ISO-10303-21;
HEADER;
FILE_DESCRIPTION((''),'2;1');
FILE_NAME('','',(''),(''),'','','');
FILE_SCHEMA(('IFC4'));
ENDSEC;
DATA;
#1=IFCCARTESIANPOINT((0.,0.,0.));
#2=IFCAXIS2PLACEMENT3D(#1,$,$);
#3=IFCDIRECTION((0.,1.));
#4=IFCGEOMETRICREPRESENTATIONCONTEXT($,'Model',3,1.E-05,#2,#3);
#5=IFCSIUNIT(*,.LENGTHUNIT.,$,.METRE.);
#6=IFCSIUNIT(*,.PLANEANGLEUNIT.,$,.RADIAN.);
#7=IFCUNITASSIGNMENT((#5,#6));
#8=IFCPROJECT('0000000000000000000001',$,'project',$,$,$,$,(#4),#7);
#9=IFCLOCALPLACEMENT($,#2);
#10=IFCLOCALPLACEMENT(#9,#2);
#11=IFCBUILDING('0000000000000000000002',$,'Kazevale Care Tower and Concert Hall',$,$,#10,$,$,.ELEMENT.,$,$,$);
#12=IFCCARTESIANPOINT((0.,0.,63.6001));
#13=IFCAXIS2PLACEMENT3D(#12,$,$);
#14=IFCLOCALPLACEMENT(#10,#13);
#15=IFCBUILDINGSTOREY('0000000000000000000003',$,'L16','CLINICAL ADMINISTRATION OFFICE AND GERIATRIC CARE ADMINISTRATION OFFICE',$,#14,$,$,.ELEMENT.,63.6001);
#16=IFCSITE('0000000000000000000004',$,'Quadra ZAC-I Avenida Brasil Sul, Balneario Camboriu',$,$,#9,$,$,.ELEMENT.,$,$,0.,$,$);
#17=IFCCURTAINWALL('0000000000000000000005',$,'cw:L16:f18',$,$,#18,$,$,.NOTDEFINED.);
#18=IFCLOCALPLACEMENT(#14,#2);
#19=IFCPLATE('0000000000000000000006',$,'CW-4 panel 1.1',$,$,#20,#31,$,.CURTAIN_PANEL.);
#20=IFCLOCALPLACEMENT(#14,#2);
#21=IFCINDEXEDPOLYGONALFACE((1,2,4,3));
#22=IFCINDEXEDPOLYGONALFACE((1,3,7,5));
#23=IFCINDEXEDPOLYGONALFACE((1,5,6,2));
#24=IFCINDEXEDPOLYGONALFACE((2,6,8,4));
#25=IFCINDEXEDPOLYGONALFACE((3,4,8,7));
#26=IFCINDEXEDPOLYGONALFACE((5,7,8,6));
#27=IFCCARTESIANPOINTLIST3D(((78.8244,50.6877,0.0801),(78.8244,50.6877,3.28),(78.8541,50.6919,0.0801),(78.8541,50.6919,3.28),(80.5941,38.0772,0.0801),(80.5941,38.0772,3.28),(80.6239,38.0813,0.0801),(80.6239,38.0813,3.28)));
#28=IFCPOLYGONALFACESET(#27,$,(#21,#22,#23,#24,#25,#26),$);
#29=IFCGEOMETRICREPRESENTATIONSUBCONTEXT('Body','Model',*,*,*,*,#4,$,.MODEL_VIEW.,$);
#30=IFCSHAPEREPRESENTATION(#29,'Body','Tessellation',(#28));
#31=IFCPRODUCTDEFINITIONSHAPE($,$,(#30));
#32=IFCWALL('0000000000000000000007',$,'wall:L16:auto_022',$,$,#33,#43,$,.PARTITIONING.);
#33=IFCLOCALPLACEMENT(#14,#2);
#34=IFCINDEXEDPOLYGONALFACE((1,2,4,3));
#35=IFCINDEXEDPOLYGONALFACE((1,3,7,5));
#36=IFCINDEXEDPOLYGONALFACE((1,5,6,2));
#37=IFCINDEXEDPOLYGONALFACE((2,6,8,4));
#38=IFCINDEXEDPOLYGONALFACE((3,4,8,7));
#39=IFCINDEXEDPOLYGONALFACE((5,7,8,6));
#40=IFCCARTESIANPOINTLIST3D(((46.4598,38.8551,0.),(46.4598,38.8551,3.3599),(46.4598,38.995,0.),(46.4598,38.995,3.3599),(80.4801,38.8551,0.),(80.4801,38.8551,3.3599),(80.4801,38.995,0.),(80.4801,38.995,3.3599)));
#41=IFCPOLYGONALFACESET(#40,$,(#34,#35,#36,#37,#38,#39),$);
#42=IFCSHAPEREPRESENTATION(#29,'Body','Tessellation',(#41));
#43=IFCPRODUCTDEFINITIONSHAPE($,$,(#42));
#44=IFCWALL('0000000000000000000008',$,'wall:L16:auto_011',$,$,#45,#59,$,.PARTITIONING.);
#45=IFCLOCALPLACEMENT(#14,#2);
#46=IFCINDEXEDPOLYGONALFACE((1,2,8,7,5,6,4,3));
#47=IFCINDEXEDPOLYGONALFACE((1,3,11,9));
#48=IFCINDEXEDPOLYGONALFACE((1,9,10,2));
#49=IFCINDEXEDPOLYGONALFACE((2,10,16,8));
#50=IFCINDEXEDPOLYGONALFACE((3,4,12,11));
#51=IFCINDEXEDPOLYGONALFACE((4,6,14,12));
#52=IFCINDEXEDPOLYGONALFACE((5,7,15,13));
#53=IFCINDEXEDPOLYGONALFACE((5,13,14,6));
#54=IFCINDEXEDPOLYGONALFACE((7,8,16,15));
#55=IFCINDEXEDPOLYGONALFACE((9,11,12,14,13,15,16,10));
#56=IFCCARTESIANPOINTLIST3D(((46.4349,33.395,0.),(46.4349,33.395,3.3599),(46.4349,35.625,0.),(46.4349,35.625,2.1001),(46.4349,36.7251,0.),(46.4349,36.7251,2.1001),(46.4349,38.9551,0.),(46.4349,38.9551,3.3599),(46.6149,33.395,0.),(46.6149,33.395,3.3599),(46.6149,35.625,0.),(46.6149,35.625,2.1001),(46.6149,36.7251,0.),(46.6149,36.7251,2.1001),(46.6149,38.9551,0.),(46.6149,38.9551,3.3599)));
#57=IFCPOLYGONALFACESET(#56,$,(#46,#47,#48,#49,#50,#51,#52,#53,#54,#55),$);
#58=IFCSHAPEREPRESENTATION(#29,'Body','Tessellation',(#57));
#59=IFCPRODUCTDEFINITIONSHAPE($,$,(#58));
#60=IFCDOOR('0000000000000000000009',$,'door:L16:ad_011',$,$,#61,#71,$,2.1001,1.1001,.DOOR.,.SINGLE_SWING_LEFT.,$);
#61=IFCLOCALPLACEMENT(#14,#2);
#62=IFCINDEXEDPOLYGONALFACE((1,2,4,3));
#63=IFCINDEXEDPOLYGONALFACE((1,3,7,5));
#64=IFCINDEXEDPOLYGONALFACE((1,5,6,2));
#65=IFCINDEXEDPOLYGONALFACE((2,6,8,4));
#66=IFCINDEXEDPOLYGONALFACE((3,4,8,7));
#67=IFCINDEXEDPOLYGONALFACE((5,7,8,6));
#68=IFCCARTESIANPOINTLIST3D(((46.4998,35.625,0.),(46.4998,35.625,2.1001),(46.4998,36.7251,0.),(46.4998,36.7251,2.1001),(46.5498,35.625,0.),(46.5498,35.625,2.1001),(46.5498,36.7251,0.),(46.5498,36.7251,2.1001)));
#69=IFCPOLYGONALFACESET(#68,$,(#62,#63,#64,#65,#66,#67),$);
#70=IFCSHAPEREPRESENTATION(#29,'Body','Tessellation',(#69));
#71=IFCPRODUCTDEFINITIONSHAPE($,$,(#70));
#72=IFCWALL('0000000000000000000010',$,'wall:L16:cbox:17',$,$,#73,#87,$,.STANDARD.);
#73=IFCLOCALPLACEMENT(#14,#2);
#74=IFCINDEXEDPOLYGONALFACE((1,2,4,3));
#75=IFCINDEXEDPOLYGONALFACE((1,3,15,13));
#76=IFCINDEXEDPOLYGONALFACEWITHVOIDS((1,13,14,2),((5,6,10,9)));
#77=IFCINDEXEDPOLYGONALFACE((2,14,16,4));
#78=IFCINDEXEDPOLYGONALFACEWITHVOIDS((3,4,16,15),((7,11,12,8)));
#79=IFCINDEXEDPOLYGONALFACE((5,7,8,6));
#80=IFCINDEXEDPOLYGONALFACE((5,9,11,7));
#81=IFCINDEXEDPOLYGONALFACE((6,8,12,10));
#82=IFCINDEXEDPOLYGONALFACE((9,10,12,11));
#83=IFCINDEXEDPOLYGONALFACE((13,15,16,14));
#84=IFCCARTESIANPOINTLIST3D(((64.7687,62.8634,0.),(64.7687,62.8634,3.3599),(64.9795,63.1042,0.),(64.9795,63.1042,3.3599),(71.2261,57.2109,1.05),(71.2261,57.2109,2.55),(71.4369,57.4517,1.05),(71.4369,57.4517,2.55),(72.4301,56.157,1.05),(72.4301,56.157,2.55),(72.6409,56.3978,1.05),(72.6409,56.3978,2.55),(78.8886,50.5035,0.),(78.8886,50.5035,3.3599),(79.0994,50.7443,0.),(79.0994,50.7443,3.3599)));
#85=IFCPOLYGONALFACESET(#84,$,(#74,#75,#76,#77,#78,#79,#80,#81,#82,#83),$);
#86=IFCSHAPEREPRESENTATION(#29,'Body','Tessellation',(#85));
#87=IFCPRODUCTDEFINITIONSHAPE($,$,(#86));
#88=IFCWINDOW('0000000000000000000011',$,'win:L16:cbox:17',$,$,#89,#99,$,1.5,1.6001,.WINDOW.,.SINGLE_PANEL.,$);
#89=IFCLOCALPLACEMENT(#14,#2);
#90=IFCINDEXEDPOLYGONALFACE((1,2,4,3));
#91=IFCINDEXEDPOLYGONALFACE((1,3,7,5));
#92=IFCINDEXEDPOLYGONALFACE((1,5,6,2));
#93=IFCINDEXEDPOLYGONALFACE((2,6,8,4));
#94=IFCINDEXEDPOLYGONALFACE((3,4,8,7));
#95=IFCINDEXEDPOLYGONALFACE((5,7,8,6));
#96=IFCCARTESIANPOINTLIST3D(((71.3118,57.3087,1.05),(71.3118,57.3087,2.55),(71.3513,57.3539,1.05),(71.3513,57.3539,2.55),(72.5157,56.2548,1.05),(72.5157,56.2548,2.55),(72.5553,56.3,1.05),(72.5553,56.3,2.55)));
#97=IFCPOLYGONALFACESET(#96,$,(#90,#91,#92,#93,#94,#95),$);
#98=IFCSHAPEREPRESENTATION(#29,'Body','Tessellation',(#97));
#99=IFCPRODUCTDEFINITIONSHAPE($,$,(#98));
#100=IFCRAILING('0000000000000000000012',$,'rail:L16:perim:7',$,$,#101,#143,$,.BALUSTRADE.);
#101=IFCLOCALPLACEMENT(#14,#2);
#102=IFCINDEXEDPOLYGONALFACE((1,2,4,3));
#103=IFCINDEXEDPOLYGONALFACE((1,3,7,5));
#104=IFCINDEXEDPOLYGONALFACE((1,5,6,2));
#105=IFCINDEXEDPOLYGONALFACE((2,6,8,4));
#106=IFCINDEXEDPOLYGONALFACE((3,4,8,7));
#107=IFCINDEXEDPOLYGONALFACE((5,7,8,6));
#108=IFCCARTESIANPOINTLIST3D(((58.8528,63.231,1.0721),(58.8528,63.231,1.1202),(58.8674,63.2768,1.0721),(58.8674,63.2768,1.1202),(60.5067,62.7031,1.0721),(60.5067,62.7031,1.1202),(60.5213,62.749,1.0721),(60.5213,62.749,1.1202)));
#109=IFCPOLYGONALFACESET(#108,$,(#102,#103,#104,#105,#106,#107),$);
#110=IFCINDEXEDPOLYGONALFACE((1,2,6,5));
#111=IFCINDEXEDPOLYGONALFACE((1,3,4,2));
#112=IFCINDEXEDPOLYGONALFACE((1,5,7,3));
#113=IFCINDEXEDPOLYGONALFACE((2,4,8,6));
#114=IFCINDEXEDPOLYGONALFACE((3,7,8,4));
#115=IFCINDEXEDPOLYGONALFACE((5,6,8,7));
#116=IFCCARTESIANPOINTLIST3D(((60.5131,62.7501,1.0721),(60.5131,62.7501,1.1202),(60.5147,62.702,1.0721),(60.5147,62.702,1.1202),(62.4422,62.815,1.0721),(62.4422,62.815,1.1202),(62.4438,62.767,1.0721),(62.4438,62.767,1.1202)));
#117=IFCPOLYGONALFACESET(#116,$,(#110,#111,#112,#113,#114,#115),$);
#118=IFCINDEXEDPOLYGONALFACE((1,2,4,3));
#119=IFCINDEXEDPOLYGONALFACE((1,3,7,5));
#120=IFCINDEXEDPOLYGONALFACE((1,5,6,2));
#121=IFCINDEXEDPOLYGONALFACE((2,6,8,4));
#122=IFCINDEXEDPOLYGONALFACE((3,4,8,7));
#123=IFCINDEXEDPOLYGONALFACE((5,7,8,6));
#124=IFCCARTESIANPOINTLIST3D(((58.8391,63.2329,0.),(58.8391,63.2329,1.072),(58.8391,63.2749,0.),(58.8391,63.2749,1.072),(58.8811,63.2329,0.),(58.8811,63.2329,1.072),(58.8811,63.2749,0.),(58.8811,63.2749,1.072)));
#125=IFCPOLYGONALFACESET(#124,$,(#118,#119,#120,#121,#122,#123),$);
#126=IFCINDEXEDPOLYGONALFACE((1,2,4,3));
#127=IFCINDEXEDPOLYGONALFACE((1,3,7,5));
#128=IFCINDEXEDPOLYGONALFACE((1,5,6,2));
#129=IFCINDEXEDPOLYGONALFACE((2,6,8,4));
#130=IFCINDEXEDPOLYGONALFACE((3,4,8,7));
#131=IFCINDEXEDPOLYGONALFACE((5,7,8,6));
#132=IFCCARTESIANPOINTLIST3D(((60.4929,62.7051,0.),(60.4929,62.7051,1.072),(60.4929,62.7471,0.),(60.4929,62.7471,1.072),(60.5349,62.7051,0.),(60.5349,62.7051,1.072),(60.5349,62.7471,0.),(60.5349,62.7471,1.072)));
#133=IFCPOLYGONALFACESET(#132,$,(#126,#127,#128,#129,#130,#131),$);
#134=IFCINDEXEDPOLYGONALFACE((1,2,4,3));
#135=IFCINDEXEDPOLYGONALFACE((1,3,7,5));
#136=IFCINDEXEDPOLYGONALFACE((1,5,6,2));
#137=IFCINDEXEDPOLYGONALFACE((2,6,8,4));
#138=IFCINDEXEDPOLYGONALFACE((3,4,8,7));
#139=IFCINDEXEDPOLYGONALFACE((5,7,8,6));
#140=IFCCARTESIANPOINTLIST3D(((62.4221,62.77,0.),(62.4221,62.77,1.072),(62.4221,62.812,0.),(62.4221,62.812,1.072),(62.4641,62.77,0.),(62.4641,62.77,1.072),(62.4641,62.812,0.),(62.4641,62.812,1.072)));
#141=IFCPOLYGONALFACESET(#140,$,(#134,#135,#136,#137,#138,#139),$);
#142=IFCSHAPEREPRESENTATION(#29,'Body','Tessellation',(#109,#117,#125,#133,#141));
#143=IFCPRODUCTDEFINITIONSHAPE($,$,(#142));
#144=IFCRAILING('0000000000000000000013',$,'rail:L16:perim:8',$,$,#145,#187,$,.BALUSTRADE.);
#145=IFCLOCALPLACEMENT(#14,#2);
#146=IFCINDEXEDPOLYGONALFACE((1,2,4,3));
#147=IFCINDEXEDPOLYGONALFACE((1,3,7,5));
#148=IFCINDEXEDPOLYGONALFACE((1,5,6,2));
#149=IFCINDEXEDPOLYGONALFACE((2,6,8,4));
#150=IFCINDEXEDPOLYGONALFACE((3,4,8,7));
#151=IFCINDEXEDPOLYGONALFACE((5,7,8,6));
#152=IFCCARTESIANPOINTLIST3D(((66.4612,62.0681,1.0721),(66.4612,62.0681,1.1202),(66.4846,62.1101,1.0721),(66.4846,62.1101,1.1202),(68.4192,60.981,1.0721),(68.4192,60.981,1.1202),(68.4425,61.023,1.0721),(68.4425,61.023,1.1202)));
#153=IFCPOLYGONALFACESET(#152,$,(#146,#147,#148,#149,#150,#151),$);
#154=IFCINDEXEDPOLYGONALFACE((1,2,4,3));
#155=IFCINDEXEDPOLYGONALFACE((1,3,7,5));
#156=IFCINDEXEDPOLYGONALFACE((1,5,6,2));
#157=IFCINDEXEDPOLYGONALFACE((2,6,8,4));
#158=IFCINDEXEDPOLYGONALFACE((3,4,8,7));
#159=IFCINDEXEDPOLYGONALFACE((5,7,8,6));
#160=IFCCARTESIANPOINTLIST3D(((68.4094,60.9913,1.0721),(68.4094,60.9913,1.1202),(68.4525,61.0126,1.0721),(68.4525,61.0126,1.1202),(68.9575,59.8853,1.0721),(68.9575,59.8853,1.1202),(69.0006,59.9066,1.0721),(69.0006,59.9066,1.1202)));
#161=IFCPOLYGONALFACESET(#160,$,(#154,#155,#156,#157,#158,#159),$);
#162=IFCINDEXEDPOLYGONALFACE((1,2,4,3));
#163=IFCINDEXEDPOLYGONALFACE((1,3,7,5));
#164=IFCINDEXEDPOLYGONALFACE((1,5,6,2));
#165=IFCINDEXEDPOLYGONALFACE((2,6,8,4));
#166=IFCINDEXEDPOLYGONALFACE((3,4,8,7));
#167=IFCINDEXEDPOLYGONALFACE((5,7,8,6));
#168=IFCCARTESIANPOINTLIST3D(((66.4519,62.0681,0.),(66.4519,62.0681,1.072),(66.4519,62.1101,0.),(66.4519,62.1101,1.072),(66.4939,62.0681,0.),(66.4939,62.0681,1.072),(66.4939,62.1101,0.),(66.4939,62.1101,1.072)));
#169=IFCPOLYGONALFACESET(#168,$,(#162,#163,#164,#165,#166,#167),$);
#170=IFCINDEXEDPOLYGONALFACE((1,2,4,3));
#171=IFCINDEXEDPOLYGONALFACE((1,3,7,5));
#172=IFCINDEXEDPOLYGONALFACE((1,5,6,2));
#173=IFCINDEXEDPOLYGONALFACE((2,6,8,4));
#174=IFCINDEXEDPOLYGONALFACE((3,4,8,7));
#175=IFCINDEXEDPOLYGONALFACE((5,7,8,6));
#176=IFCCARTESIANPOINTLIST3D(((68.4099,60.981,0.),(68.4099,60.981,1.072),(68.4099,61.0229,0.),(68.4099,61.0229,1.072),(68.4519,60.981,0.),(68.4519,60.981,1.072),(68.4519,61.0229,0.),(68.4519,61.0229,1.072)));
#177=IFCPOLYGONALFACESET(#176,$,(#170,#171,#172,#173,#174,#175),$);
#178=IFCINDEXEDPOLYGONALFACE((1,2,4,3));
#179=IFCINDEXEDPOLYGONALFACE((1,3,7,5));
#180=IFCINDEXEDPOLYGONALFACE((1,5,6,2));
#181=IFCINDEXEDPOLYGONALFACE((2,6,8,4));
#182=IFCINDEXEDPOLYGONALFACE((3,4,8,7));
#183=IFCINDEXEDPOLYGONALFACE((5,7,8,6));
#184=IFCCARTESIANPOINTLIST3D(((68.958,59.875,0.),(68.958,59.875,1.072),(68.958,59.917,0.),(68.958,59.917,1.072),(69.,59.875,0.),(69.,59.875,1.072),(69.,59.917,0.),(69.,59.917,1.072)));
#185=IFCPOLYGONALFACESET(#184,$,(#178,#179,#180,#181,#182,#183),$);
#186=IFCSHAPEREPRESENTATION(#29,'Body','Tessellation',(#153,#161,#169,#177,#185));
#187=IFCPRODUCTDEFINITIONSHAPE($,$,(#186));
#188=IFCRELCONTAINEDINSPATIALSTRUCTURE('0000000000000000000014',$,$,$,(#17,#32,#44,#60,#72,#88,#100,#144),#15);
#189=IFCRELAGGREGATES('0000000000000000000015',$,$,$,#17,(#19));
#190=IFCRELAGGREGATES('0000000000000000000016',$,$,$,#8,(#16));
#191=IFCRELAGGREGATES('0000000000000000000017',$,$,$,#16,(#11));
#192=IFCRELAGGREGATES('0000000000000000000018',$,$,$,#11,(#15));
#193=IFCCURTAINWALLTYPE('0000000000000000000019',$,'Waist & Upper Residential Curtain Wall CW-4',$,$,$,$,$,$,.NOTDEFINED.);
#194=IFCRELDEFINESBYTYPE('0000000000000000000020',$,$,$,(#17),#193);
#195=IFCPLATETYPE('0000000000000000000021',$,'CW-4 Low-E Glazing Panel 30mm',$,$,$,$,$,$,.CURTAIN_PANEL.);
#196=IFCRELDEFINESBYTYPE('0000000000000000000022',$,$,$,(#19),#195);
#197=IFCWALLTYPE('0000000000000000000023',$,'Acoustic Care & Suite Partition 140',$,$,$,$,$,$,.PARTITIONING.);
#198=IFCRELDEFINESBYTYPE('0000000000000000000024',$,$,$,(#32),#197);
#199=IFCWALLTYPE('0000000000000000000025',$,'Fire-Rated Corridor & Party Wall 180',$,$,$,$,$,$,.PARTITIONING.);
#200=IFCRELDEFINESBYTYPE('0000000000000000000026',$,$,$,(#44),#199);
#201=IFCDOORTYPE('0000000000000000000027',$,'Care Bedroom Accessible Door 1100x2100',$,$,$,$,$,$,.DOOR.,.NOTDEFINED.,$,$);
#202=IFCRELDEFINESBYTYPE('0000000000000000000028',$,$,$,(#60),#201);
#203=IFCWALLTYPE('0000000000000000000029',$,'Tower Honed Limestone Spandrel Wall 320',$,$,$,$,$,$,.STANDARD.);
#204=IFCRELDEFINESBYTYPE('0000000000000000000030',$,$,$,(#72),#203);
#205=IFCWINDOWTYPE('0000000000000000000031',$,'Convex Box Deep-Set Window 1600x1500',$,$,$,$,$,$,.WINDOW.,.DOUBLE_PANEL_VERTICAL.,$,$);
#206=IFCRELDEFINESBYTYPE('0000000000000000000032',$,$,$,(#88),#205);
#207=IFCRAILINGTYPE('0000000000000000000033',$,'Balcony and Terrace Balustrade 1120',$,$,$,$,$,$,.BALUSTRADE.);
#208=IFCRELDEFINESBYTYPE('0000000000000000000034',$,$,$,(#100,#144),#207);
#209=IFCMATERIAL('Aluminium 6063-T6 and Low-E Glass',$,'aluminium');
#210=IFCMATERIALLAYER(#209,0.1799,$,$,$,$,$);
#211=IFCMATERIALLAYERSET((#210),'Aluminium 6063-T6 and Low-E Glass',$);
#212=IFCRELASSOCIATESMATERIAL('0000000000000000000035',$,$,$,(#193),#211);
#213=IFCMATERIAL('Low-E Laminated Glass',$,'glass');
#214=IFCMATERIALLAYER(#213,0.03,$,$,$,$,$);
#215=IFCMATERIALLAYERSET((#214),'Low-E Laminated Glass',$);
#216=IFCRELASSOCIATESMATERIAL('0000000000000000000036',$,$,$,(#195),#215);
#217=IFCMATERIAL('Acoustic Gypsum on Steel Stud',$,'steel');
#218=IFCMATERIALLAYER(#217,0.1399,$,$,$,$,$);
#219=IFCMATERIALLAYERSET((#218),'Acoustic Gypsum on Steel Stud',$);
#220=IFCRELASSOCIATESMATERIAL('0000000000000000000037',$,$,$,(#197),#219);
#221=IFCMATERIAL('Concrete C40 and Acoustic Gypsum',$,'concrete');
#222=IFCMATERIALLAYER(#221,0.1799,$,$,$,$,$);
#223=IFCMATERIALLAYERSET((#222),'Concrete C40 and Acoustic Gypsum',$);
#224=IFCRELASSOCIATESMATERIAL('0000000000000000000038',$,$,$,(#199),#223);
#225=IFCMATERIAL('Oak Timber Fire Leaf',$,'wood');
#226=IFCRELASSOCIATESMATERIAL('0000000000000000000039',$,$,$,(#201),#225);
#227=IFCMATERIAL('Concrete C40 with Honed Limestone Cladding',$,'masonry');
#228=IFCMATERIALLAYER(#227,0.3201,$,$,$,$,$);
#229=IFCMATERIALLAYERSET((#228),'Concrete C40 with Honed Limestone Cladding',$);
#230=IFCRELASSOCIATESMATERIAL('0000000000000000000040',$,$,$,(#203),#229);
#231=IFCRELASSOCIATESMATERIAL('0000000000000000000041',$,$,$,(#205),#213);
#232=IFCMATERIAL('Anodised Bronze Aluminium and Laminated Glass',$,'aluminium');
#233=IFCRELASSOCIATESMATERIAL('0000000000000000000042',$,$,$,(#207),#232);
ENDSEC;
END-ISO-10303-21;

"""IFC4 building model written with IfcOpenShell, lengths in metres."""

from ifc_helpers import new_model, si_unit, direction, frame, frame_2d, origin, origin_2d, place, context, subcontext, project, spatial, rectangle, extrude, material, layer, layer_set, type_object, element, fill, aggregate, save


model = new_model("IFC4")

# Units and contexts
model_context = context("Model", 3, precision=1e-05, world=origin(), true_north=direction((0.0, 1.0)))
body_context = subcontext(model_context, "Body", "Model", "MODEL_VIEW")
ifc_project = project(units=[si_unit("LENGTHUNIT", "METRE"), si_unit("PLANEANGLEUNIT", "RADIAN")], contexts=[model_context])

# Site, building, storey
site_placement = place(None, origin())
site = spatial("IfcSite", under=ifc_project, at=site_placement, Name="Quadra ZAC-I Avenida Brasil Sul, Balneario Camboriu", CompositionType="ELEMENT", RefElevation=0.0)
building_placement = place(site_placement, origin())
building = spatial("IfcBuilding", under=site, at=building_placement, Name="Kazevale Care Tower and Concert Hall", CompositionType="ELEMENT")
storey_placement = place(building_placement, frame((0.0, 0.0, 63.6001)))
storey = spatial("IfcBuildingStorey", under=building, at=storey_placement, Name="L16", Description="CLINICAL ADMINISTRATION OFFICE AND GERIATRIC CARE ADMINISTRATION OFFICE", CompositionType="ELEMENT", Elevation=63.6001)

# Shared definitions
ifc_material_1 = material(Name="Aluminium 6063-T6 and Low-E Glass", Category="aluminium")
ifc_layer_1 = layer(ifc_material_1, 0.1799)
ifc_layer_set_1 = layer_set([ifc_layer_1], Name="Aluminium 6063-T6 and Low-E Glass")
curtain_wall_type_1 = type_object("IfcCurtainWallType", Name="Waist & Upper Residential Curtain Wall CW-4", PredefinedType="NOTDEFINED", material=ifc_layer_set_1)

# Curtain wall
curtain_wall_1_placement = place(storey_placement, origin())
curtain_wall_1 = element("IfcCurtainWall", 1, at=curtain_wall_1_placement, inside=storey, type_object=curtain_wall_type_1, Name="cw:L16:f18", PredefinedType="NOTDEFINED")

# Plate
ifc_material_2 = material(Name="Low-E Laminated Glass", Category="glass")
ifc_layer_2 = layer(ifc_material_2, 0.03)
ifc_layer_set_2 = layer_set([ifc_layer_2], Name="Low-E Laminated Glass")
plate_type_1 = type_object("IfcPlateType", Name="CW-4 Low-E Glazing Panel 30mm", PredefinedType="CURTAIN_PANEL", material=ifc_layer_set_2)
plate_1_placement = place(storey_placement, frame((79.7241, 44.3845, 0.0801), z_axis=(0.0, 0.0, 1.0), x_axis=(0.138978, -0.990295, 0.0)))
plate_1 = element("IfcPlate", 2, at=plate_1_placement, type_object=plate_type_1, Name="CW-4 panel 1.1", PredefinedType="CURTAIN_PANEL", context=body_context, shape_type="SweptSolid", body=[
    extrude(rectangle(XDim=12.7341, YDim=0.03, at=origin_2d()), origin(), (0.0, 0.0, 1.0), 3.2),
])
aggregate(curtain_wall_1, [plate_1])

# Wall
ifc_material_3 = material(Name="Acoustic Gypsum on Steel Stud", Category="steel")
ifc_layer_3 = layer(ifc_material_3, 0.1399)
ifc_layer_set_3 = layer_set([ifc_layer_3], Name="Acoustic Gypsum on Steel Stud")
wall_type_1 = type_object("IfcWallType", Name="Acoustic Care & Suite Partition 140", PredefinedType="PARTITIONING", material=ifc_layer_set_3)
wall_1_placement = place(storey_placement, frame((80.4802, 38.925, 0.0), z_axis=(0.0, 0.0, 1.0), x_axis=(-1.0, 0.0, 0.0)))
element("IfcWall", 3, at=wall_1_placement, inside=storey, type_object=wall_type_1, Name="wall:L16:auto_022", PredefinedType="PARTITIONING", context=body_context, shape_type="SweptSolid", body=[
    extrude(rectangle(XDim=34.0203, YDim=0.1399, at=frame_2d((17.0103, 0.0))), origin(), (0.0, 0.0, 1.0), 3.3599),
])

# Wall, opening, door
ifc_material_4 = material(Name="Concrete C40 and Acoustic Gypsum", Category="concrete")
ifc_layer_4 = layer(ifc_material_4, 0.1799)
ifc_layer_set_4 = layer_set([ifc_layer_4], Name="Concrete C40 and Acoustic Gypsum")
wall_type_2 = type_object("IfcWallType", Name="Fire-Rated Corridor & Party Wall 180", PredefinedType="PARTITIONING", material=ifc_layer_set_4)
wall_2_placement = place(storey_placement, frame((46.5249, 38.9551, 0.0), z_axis=(0.0, 0.0, 1.0), x_axis=(0.0, -1.0, 0.0)))
wall_2 = element("IfcWall", 4, at=wall_2_placement, inside=storey, type_object=wall_type_2, Name="wall:L16:auto_011", PredefinedType="PARTITIONING", context=body_context, shape_type="SweptSolid", body=[
    extrude(rectangle(XDim=5.5601, YDim=0.1799, at=frame_2d((2.78, 0.0))), origin(), (0.0, 0.0, 1.0), 3.3599),
])
opening_1_placement = place(wall_2_placement, frame((2.23, 0.0, 0.0)))
opening_1 = element("IfcOpeningElement", 5, at=opening_1_placement, cuts=wall_2, PredefinedType="OPENING", context=body_context, shape_type="SweptSolid", body=[
    extrude(rectangle(XDim=1.1001, YDim=2.1001, at=frame_2d((0.55, 1.05))), frame((0.0, 0.0999, 0.0), z_axis=(0.0, -1.0, 0.0), x_axis=(1.0, 0.0, 0.0)), (0.0, 0.0, 1.0), 0.2),
])
ifc_material_5 = material(Name="Oak Timber Fire Leaf", Category="wood")
door_type = type_object("IfcDoorType", Name="Care Bedroom Accessible Door 1100x2100", OperationType="NOTDEFINED", PredefinedType="DOOR", material=ifc_material_5)
door_placement = place(opening_1_placement, origin())
door = element("IfcDoor", 6, at=door_placement, inside=storey, type_object=door_type, Name="door:L16:ad_011", OperationType="SINGLE_SWING_LEFT", OverallHeight=2.1001, OverallWidth=1.1001, PredefinedType="DOOR", context=body_context, shape_type="SweptSolid", body=[
    extrude(rectangle(XDim=1.1001, YDim=2.1001, at=frame_2d((0.55, 1.05))), frame((0.0, 0.0249, 0.0), z_axis=(0.0, -1.0, 0.0), x_axis=(1.0, 0.0, 0.0)), (0.0, 0.0, 1.0), 0.05),
])
fill(opening_1, door)

# Wall, opening, window
ifc_material_6 = material(Name="Concrete C40 with Honed Limestone Cladding", Category="masonry")
ifc_layer_5 = layer(ifc_material_6, 0.3201)
ifc_layer_set_5 = layer_set([ifc_layer_5], Name="Concrete C40 with Honed Limestone Cladding")
wall_type_3 = type_object("IfcWallType", Name="Tower Honed Limestone Spandrel Wall 320", PredefinedType="STANDARD", material=ifc_layer_set_5)
wall_3_placement = place(storey_placement, frame((64.874, 62.9839, 0.0), z_axis=(0.0, 0.0, 1.0), x_axis=(0.752445, -0.658655, 0.0)))
wall_3 = element("IfcWall", 7, at=wall_3_placement, inside=storey, type_object=wall_type_3, Name="wall:L16:cbox:17", PredefinedType="STANDARD", context=body_context, shape_type="SweptSolid", body=[
    extrude(rectangle(XDim=18.7654, YDim=0.3201, at=frame_2d((9.3828, 0.0))), origin(), (0.0, 0.0, 1.0), 3.3599),
])
opening_2_placement = place(wall_3_placement, frame((8.582, 0.0, 1.05)))
opening_2 = element("IfcOpeningElement", 8, at=opening_2_placement, cuts=wall_3, PredefinedType="OPENING", context=body_context, shape_type="SweptSolid", body=[
    extrude(rectangle(XDim=1.6001, YDim=1.5, at=frame_2d((0.8, 0.75))), frame((0.0, 0.1699, 0.0), z_axis=(0.0, -1.0, 0.0), x_axis=(1.0, 0.0, 0.0)), (0.0, 0.0, 1.0), 0.3401),
])
window_type = type_object("IfcWindowType", Name="Convex Box Deep-Set Window 1600x1500", PartitioningType="DOUBLE_PANEL_VERTICAL", PredefinedType="WINDOW", material=ifc_material_2)
window_placement = place(opening_2_placement, origin())
window = element("IfcWindow", 9, at=window_placement, inside=storey, type_object=window_type, Name="win:L16:cbox:17", OverallHeight=1.5, OverallWidth=1.6001, PartitioningType="SINGLE_PANEL", PredefinedType="WINDOW", context=body_context, shape_type="SweptSolid", body=[
    extrude(rectangle(XDim=1.6001, YDim=1.5, at=frame_2d((0.8, 0.75))), frame((0.0, 0.03, 0.0), z_axis=(0.0, -1.0, 0.0), x_axis=(1.0, 0.0, 0.0)), (0.0, 0.0, 1.0), 0.0601),
])
fill(opening_2, window)

# Railings
ifc_material_7 = material(Name="Anodised Bronze Aluminium and Laminated Glass", Category="aluminium")
railing_type = type_object("IfcRailingType", Name="Balcony and Terrace Balustrade 1120", PredefinedType="BALUSTRADE", material=ifc_material_7)
railing_1_placement = place(storey_placement, frame((58.8601, 63.2539, 0.0)))
element("IfcRailing", 10, at=railing_1_placement, inside=storey, type_object=railing_type, Name="rail:L16:perim:7", PredefinedType="BALUSTRADE", context=body_context, shape_type="SweptSolid", body=[
    extrude(rectangle(XDim=0.0481, YDim=0.0481, at=origin_2d()), frame((0.0, 0.0, 1.0962), z_axis=(0.952656, -0.304051, 0.0), x_axis=(0.304051, 0.952656, 0.0)), (0.0, 0.0, 1.0), 1.7361),
    extrude(rectangle(XDim=0.0481, YDim=0.0481, at=origin_2d()), frame((1.6538, -0.5278, 1.0962), z_axis=(0.999434, 0.033643, 0.0), x_axis=(-0.033643, 0.999434, 0.0)), (0.0, 0.0, 1.0), 1.9302),
    extrude(rectangle(XDim=0.042, YDim=0.042, at=origin_2d()), origin(), (0.0, 0.0, 1.0), 1.072),
    extrude(rectangle(XDim=0.042, YDim=0.042, at=origin_2d()), frame((1.6538, -0.5278, 0.0)), (0.0, 0.0, 1.0), 1.072),
    extrude(rectangle(XDim=0.042, YDim=0.042, at=origin_2d()), frame((3.583, -0.4629, 0.0)), (0.0, 0.0, 1.0), 1.072),
])
railing_2_placement = place(storey_placement, frame((66.4729, 62.0891, 0.0)))
element("IfcRailing", 11, at=railing_2_placement, inside=storey, type_object=railing_type, Name="rail:L16:perim:8", PredefinedType="BALUSTRADE", context=body_context, shape_type="SweptSolid", body=[
    extrude(rectangle(XDim=0.0481, YDim=0.0481, at=origin_2d()), frame((0.0, 0.0, 1.0962), z_axis=(0.874276, -0.48543, 0.0), x_axis=(0.48543, 0.874276, 0.0)), (0.0, 0.0, 1.0), 2.2395),
    extrude(rectangle(XDim=0.0481, YDim=0.0481, at=origin_2d()), frame((1.958, -1.0872, 1.0962), z_axis=(0.444046, -0.896004, 0.0), x_axis=(0.896004, 0.444046, 0.0)), (0.0, 0.0, 1.0), 1.2344),
    extrude(rectangle(XDim=0.042, YDim=0.042, at=origin_2d()), origin(), (0.0, 0.0, 1.0), 1.072),
    extrude(rectangle(XDim=0.042, YDim=0.042, at=origin_2d()), frame((1.958, -1.0872, 0.0)), (0.0, 0.0, 1.0), 1.072),
    extrude(rectangle(XDim=0.042, YDim=0.042, at=origin_2d()), frame((2.5061, -2.1931, 0.0)), (0.0, 0.0, 1.0), 1.072),
])

save(model, "model.ifc")
